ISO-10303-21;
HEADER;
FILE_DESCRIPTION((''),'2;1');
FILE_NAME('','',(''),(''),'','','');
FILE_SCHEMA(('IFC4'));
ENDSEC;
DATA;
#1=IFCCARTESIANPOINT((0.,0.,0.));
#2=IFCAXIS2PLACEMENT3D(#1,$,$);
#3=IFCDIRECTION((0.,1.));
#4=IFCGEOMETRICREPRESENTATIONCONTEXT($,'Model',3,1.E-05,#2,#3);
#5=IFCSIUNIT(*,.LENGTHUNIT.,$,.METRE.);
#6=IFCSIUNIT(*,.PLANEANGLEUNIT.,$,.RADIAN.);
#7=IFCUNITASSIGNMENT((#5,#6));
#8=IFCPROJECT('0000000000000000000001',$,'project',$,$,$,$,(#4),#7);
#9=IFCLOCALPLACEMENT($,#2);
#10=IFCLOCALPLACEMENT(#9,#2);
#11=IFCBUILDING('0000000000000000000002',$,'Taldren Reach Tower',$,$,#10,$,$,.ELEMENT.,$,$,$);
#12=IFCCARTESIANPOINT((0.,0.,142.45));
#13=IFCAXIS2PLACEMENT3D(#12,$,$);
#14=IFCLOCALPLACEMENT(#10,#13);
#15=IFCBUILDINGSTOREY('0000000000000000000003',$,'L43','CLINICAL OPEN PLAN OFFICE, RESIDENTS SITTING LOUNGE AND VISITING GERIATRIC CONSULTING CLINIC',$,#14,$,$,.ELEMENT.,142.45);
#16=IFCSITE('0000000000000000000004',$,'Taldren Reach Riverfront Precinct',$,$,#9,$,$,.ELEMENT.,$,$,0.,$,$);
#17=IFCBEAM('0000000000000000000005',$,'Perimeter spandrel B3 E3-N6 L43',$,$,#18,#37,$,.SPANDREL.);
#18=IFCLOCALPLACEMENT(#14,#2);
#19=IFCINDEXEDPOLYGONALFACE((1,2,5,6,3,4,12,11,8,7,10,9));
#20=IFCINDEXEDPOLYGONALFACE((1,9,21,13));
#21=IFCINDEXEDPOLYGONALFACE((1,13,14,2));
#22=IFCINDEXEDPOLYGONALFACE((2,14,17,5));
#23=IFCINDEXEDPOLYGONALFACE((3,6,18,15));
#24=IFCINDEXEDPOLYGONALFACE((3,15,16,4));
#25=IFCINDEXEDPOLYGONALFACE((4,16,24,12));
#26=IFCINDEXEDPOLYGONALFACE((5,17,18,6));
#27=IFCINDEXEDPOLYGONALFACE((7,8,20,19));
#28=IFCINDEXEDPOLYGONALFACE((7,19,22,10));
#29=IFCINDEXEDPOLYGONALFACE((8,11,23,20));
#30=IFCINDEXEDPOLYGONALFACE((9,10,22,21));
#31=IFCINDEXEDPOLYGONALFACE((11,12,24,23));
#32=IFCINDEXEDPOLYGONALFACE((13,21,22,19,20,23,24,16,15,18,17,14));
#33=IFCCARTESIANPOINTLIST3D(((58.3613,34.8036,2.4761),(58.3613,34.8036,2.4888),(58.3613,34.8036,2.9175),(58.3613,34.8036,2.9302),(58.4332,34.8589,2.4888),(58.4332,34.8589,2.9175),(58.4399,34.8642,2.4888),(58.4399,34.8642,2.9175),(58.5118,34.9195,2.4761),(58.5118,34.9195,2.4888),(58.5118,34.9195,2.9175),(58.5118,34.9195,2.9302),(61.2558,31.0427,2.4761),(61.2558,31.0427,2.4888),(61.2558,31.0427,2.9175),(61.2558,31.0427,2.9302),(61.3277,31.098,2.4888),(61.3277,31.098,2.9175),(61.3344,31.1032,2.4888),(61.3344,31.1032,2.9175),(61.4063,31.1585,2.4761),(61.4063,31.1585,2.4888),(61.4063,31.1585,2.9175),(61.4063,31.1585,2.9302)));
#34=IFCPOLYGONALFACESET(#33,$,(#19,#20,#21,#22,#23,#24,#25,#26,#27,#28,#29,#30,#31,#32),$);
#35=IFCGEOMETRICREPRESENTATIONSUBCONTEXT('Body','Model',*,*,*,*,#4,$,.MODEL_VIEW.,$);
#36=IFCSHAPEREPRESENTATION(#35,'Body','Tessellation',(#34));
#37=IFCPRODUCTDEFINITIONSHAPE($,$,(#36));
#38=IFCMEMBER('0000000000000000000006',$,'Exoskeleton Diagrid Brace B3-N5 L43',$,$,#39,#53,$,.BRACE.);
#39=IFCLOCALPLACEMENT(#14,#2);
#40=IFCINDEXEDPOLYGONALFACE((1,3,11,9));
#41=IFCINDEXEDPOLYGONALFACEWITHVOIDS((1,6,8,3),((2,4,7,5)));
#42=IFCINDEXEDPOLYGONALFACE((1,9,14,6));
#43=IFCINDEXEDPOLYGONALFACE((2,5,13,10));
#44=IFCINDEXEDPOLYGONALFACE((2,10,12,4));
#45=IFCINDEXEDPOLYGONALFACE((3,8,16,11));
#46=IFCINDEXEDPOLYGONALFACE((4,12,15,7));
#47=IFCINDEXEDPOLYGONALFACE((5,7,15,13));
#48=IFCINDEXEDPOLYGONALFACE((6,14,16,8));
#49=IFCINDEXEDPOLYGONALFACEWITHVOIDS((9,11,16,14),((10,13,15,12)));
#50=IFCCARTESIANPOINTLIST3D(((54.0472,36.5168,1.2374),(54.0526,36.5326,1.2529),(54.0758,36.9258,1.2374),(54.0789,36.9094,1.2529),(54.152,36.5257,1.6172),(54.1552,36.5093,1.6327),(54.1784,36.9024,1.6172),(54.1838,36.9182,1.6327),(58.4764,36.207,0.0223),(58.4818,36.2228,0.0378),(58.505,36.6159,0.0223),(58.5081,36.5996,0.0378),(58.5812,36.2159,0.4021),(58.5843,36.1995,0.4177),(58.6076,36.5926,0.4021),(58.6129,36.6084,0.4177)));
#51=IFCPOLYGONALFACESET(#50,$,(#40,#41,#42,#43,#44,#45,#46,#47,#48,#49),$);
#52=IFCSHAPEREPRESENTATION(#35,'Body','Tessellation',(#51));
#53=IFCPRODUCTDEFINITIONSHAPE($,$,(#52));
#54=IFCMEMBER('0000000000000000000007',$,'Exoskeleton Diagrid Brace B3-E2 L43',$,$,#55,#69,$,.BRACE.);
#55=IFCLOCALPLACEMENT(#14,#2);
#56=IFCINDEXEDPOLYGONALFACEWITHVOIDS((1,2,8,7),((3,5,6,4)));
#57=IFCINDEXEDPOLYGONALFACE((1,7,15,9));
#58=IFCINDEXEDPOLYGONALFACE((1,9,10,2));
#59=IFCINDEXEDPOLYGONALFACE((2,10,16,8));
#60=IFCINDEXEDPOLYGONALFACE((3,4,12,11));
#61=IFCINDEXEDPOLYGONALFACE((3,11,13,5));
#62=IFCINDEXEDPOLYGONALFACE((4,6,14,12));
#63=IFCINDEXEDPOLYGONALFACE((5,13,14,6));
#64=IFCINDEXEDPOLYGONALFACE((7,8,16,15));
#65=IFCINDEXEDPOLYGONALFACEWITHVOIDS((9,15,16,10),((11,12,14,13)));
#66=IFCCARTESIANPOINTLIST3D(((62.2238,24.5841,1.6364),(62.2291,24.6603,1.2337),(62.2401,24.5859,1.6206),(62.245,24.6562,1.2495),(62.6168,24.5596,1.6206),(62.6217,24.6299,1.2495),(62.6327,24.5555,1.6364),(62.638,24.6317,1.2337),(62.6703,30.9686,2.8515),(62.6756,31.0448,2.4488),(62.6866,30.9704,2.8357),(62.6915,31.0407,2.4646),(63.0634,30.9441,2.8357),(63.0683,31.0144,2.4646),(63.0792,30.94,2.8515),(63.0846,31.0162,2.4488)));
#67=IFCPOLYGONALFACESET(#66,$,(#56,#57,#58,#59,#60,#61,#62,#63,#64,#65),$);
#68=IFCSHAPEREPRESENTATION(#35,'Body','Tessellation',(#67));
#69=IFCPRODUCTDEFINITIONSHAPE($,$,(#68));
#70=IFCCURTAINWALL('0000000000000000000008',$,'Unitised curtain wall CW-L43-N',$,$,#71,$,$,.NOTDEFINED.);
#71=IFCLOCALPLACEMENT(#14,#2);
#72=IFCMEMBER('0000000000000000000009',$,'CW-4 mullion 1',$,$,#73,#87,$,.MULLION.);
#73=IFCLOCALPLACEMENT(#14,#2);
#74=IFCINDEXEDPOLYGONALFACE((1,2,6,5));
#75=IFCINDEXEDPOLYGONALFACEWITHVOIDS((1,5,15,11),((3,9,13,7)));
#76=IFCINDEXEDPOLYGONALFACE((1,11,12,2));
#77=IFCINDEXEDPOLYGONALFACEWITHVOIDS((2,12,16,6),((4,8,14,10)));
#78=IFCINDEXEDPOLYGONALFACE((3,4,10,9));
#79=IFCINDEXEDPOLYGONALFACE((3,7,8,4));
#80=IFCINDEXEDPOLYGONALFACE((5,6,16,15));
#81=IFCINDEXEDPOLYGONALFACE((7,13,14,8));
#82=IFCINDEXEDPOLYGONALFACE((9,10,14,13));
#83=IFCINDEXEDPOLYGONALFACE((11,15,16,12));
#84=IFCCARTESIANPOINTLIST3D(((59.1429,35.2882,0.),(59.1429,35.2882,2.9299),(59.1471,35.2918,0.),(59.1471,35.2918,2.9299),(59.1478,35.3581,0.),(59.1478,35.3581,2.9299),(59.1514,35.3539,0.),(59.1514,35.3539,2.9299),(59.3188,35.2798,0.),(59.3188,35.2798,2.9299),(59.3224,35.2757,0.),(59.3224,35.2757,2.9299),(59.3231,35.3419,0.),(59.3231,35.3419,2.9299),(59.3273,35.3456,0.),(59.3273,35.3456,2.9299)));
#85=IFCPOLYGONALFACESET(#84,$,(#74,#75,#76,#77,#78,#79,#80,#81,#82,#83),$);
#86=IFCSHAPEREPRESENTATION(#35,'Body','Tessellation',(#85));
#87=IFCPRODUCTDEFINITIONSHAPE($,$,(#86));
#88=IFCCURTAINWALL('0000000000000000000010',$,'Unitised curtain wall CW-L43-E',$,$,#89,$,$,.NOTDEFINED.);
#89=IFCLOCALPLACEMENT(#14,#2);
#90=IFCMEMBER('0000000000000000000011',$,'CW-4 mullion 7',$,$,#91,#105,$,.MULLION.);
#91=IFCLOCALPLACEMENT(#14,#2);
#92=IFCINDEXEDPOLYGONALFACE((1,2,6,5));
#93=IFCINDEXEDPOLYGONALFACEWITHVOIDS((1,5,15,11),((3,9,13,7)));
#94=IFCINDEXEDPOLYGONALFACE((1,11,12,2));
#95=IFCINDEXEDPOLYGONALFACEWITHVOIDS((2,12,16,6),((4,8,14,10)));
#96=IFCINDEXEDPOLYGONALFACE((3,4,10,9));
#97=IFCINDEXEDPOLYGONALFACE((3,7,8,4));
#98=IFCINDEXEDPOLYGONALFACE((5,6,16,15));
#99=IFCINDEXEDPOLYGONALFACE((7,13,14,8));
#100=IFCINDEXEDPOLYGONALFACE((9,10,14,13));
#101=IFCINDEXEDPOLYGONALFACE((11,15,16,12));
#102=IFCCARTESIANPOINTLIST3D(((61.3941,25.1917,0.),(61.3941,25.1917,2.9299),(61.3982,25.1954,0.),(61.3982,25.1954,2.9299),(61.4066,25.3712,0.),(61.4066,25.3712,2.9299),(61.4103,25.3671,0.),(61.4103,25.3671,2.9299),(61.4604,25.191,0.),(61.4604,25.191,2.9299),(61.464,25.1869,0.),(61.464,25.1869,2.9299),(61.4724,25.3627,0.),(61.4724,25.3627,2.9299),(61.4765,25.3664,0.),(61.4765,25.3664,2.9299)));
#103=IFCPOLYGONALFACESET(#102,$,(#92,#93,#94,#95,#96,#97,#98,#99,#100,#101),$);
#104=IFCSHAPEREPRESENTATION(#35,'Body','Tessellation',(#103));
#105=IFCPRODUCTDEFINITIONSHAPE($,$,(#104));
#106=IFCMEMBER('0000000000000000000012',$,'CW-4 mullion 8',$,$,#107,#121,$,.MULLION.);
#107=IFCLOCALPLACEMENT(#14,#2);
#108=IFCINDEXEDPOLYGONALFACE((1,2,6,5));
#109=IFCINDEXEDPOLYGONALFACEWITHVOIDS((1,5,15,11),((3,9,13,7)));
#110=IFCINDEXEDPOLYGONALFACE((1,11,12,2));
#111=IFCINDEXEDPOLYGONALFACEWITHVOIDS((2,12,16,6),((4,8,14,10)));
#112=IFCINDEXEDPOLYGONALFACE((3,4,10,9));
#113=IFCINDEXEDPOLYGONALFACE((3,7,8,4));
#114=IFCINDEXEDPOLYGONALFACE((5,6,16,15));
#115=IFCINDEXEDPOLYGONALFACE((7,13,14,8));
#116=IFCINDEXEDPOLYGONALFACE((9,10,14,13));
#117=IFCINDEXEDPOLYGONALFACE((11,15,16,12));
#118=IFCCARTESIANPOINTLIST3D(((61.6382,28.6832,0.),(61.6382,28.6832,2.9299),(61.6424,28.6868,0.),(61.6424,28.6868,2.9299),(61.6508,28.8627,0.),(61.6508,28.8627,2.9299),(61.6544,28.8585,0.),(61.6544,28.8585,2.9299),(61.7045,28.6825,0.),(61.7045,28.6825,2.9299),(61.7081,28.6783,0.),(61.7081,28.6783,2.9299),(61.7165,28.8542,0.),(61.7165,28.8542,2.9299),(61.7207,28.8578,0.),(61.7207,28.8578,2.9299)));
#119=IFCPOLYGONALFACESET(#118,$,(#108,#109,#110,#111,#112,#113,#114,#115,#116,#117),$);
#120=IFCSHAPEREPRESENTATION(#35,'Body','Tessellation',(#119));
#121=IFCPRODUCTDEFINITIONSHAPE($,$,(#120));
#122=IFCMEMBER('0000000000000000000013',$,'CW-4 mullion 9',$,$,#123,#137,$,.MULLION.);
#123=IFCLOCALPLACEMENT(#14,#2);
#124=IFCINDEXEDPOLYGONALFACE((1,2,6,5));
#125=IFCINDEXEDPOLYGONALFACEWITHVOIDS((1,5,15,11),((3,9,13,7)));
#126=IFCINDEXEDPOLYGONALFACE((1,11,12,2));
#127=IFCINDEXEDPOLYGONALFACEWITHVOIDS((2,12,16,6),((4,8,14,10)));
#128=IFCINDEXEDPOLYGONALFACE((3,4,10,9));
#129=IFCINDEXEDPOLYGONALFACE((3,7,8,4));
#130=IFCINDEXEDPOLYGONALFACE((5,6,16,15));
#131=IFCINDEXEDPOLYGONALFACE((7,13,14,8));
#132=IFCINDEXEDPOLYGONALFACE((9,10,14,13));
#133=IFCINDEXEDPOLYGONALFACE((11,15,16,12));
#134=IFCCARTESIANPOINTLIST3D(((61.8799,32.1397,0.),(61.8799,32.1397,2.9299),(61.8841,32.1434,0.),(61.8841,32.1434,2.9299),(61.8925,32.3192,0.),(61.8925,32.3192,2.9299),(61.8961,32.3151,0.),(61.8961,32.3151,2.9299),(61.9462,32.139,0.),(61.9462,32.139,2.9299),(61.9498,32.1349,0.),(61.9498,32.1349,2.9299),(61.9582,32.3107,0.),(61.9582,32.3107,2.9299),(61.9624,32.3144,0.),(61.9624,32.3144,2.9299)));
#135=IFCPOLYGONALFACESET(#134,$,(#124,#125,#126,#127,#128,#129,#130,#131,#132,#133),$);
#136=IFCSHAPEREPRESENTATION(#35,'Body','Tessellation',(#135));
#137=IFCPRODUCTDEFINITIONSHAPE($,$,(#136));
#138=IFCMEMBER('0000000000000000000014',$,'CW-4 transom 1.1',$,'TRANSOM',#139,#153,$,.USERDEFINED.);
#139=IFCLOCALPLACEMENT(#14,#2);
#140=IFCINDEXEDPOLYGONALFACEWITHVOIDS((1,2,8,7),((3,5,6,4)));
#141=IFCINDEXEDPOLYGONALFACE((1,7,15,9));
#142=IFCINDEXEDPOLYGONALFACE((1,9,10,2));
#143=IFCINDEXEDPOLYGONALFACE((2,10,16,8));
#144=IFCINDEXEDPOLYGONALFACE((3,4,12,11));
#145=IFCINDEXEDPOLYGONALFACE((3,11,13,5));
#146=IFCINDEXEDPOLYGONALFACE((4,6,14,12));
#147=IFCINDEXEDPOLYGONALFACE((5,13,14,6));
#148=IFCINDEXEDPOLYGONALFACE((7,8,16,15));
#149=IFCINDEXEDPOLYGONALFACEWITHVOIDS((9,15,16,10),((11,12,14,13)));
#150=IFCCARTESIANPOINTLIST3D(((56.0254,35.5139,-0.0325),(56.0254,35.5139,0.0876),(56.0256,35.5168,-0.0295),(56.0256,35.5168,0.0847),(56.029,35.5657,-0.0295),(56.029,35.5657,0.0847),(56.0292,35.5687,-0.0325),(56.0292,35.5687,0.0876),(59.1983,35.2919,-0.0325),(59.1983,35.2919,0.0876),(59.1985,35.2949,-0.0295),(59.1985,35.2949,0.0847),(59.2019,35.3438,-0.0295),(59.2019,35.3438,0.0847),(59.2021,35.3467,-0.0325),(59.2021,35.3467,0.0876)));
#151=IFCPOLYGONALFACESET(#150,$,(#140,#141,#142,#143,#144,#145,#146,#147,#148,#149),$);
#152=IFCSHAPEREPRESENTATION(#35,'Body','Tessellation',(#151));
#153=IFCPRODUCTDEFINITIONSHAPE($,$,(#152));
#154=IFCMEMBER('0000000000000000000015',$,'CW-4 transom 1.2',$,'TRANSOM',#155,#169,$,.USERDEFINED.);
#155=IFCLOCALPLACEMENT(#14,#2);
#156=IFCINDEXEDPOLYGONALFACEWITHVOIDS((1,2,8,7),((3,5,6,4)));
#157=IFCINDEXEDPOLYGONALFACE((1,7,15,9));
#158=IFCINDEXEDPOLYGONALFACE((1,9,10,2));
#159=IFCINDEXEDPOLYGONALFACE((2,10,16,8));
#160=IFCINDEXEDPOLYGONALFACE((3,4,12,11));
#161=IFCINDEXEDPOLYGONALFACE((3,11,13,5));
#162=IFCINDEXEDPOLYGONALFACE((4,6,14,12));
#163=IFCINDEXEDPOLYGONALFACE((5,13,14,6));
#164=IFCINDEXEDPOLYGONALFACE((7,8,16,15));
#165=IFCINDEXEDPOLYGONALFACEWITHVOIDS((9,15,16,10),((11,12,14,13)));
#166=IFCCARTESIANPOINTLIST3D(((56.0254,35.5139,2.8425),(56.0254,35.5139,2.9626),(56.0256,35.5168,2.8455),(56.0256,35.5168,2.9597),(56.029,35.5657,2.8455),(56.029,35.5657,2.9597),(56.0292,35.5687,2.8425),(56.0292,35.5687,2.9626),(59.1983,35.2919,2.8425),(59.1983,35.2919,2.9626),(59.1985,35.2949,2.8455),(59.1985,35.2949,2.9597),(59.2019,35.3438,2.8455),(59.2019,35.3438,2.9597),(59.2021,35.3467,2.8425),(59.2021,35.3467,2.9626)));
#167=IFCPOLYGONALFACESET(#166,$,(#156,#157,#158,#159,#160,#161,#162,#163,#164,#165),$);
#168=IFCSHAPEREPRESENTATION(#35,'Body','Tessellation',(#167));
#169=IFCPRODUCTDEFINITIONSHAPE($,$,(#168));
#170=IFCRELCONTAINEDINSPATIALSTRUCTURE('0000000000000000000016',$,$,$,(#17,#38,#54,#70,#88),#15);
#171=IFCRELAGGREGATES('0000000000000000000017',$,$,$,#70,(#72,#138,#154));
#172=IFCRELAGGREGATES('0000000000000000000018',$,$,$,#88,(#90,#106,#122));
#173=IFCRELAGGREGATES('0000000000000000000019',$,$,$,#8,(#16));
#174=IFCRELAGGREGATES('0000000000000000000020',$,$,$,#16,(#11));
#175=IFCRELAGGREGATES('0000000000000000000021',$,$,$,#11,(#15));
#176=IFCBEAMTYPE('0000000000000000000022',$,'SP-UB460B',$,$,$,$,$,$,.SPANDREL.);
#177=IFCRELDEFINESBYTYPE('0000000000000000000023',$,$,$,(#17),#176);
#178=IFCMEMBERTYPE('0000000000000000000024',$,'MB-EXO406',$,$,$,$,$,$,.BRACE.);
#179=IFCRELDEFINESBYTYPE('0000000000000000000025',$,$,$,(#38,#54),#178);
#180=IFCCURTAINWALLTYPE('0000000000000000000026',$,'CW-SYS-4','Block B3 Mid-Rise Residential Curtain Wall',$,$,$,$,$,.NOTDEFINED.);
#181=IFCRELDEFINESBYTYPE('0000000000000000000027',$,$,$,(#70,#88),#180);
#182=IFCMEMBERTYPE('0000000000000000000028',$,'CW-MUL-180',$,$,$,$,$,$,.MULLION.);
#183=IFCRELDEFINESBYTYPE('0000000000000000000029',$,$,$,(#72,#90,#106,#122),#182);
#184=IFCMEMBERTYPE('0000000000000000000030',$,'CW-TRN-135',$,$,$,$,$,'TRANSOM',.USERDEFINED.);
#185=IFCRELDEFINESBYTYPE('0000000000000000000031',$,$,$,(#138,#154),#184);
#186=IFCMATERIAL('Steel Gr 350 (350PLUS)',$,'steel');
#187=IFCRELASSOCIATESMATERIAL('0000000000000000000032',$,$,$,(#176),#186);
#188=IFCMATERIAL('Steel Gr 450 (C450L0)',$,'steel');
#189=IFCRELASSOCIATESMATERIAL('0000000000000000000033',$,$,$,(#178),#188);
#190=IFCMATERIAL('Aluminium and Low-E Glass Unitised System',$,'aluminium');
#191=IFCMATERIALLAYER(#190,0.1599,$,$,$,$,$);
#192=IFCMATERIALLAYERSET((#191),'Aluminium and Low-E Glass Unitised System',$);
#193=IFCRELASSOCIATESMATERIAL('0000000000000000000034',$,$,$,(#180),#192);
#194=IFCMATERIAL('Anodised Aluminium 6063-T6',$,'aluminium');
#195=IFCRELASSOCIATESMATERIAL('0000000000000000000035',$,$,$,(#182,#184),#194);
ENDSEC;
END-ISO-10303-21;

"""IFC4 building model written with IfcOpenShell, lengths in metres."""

from ifc_helpers import new_model, si_unit, direction, frame, origin, origin_2d, place, context, subcontext, project, spatial, hollow_rectangle, i_section, extrude, source, transform, mapped, material, layer, layer_set, material_profile, profile_set, type_object, element, aggregate, save


model = new_model("IFC4")

# Units and contexts
model_context = context("Model", 3, precision=1e-05, world=origin(), true_north=direction((0.0, 1.0)))
body_context = subcontext(model_context, "Body", "Model", "MODEL_VIEW")
ifc_project = project(units=[si_unit("LENGTHUNIT", "METRE"), si_unit("PLANEANGLEUNIT", "RADIAN")], contexts=[model_context])

# Site, building, storey
site_placement = place(None, origin())
site = spatial("IfcSite", under=ifc_project, at=site_placement, Name="Taldren Reach Riverfront Precinct", CompositionType="ELEMENT", RefElevation=0.0)
building_placement = place(site_placement, origin())
building = spatial("IfcBuilding", under=site, at=building_placement, Name="Taldren Reach Tower", CompositionType="ELEMENT")
storey_placement = place(building_placement, frame((0.0, 0.0, 142.45)))
storey = spatial("IfcBuildingStorey", under=building, at=storey_placement, Name="L43", Description="CLINICAL OPEN PLAN OFFICE, RESIDENTS SITTING LOUNGE AND VISITING GERIATRIC CONSULTING CLINIC", CompositionType="ELEMENT", Elevation=142.45)

# Shared definitions
ifc_material_1 = material(Name="Steel Gr 450 (C450L0)", Category="steel")
ifc_material_2 = material(Name="Steel Gr 350 (350PLUS)", Category="steel")

# Beam
ifc_material_profile_1 = material_profile(ifc_material_2, i_section(OverallWidth=0.1899, OverallDepth=0.4541, WebThickness=0.0085, FlangeThickness=0.0127, at=origin_2d()), Name="460UB67.1")
ifc_profile_set_1 = profile_set([ifc_material_profile_1], Name="Steel Gr 350 (350PLUS)")
beam_type = type_object("IfcBeamType", Name="SP-UB460B", PredefinedType="SPANDREL", material=ifc_profile_set_1)
shared_shape_1 = source(origin(), body_context, "Body", "SweptSolid", [
    extrude(i_section(OverallWidth=0.1899, OverallDepth=0.4541, WebThickness=0.0085, FlangeThickness=0.0127, at=origin_2d()), origin(), (0.0, 0.0, 1.0), 4.7458),
])
beam_1_placement = place(storey_placement, frame((61.3311, 31.1006, 2.7031), z_axis=(-0.609905, 0.792475, 0.0), x_axis=(-0.792475, -0.609905, 0.0)))
element("IfcBeam", 1, at=beam_1_placement, inside=storey, type_object=beam_type, Name="Perimeter spandrel B3 E3-N6 L43", PredefinedType="SPANDREL", context=body_context, shape_type="MappedRepresentation", body=[
    mapped(shared_shape_1, transform((0.0, 0.0, 0.0), scale=1.0)),
])

# Members
ifc_material_profile_2 = material_profile(ifc_material_1, hollow_rectangle(XDim=0.4099, YDim=0.4099, WallThickness=0.0161, at=origin_2d()), Name="410x410x16.0SHS")
ifc_profile_set_2 = profile_set([ifc_material_profile_2], Name="Steel Gr 450 (C450L0)")
member_type_1 = type_object("IfcMemberType", Name="MB-EXO406", PredefinedType="BRACE", material=ifc_profile_set_2)
shared_shape_2 = source(origin(), body_context, "Body", "SweptSolid", [
    extrude(hollow_rectangle(XDim=0.4099, YDim=0.4099, WallThickness=0.0161, at=origin_2d()), origin(), (0.0, 0.0, 1.0), 4.6033),
])
member_1_placement = place(storey_placement, frame((58.5447, 36.4077, 0.22), z_axis=(-0.962182, 0.067303, 0.263961), x_axis=(-0.069778, -0.997563, 0.0)))
element("IfcMember", 2, at=member_1_placement, inside=storey, type_object=member_type_1, Name="Exoskeleton Diagrid Brace B3-N5 L43", PredefinedType="BRACE", context=body_context, shape_type="MappedRepresentation", body=[
    mapped(shared_shape_2, transform((0.0, 0.0, 0.0), scale=1.0)),
])
shared_shape_3 = source(origin(), body_context, "Body", "SweptSolid", [
    extrude(hollow_rectangle(XDim=0.4099, YDim=0.4099, WallThickness=0.0161, at=origin_2d()), origin(), (0.0, 0.0, 1.0), 6.5144),
])
member_2_placement = place(storey_placement, frame((62.4309, 24.6079, 1.4351), z_axis=(0.068545, 0.980057, 0.186522), x_axis=(-0.997563, 0.06977, 0.0)))
element("IfcMember", 3, at=member_2_placement, inside=storey, type_object=member_type_1, Name="Exoskeleton Diagrid Brace B3-E2 L43", PredefinedType="BRACE", context=body_context, shape_type="MappedRepresentation", body=[
    mapped(shared_shape_3, transform((0.0, 0.0, 0.0), scale=1.0)),
])

# Curtain wall, member
ifc_material_3 = material(Name="Aluminium and Low-E Glass Unitised System", Category="aluminium")
ifc_layer_1 = layer(ifc_material_3, 0.1599)
ifc_layer_set_1 = layer_set([ifc_layer_1], Name="Aluminium and Low-E Glass Unitised System")
curtain_wall_type = type_object("IfcCurtainWallType", Name="CW-SYS-4", Description="Block B3 Mid-Rise Residential Curtain Wall", PredefinedType="NOTDEFINED", material=ifc_layer_set_1)
curtain_wall_1_placement = place(storey_placement, origin())
curtain_wall_1 = element("IfcCurtainWall", 4, at=curtain_wall_1_placement, inside=storey, type_object=curtain_wall_type, Name="Unitised curtain wall CW-L43-N", PredefinedType="NOTDEFINED")
ifc_material_4 = material(Name="Anodised Aluminium 6063-T6", Category="aluminium")
ifc_material_profile_3 = material_profile(ifc_material_4, hollow_rectangle(XDim=0.0701, YDim=0.1799, WallThickness=0.0039, at=origin_2d()), Name="ALU-180x70x4RHS")
ifc_profile_set_3 = profile_set([ifc_material_profile_3], Name="Anodised Aluminium 6063-T6")
member_type_2 = type_object("IfcMemberType", Name="CW-MUL-180", PredefinedType="MULLION", material=ifc_profile_set_3)
shared_shape_4 = source(origin(), body_context, "Body", "SweptSolid", [
    extrude(hollow_rectangle(XDim=0.0701, YDim=0.1799, WallThickness=0.0039, at=origin_2d()), origin(), (0.0, 0.0, 1.0), 2.9299),
])
member_3_placement = place(storey_placement, frame((59.2351, 35.3169, 0.0), z_axis=(0.0, 0.0, 1.0), x_axis=(-0.069757, -0.997564, 0.0)))
member_3 = element("IfcMember", 5, at=member_3_placement, type_object=member_type_2, Name="CW-4 mullion 1", PredefinedType="MULLION", context=body_context, shape_type="MappedRepresentation", body=[
    mapped(shared_shape_4, transform((0.0, 0.0, 0.0), scale=1.0)),
])

# Curtain wall, members
curtain_wall_2_placement = place(storey_placement, origin())
curtain_wall_2 = element("IfcCurtainWall", 6, at=curtain_wall_2_placement, inside=storey, type_object=curtain_wall_type, Name="Unitised curtain wall CW-L43-E", PredefinedType="NOTDEFINED")
member_4_placement = place(storey_placement, frame((61.4353, 25.2791, 0.0), z_axis=(0.0, 0.0, 1.0), x_axis=(-0.997564, 0.069756, 0.0)))
member_4 = element("IfcMember", 7, at=member_4_placement, type_object=member_type_2, Name="CW-4 mullion 7", PredefinedType="MULLION", context=body_context, shape_type="MappedRepresentation", body=[
    mapped(shared_shape_4, transform((0.0, 0.0, 0.0), scale=1.0)),
])
member_5_placement = place(storey_placement, frame((61.6794, 28.7705, 0.0), z_axis=(0.0, 0.0, 1.0), x_axis=(-0.997564, 0.069756, 0.0)))
member_5 = element("IfcMember", 8, at=member_5_placement, type_object=member_type_2, Name="CW-4 mullion 8", PredefinedType="MULLION", context=body_context, shape_type="MappedRepresentation", body=[
    mapped(shared_shape_4, transform((0.0, 0.0, 0.0), scale=1.0)),
])
member_6_placement = place(storey_placement, frame((61.9211, 32.2271, 0.0), z_axis=(0.0, 0.0, 1.0), x_axis=(-0.997564, 0.069756, 0.0)))
member_6 = element("IfcMember", 9, at=member_6_placement, type_object=member_type_2, Name="CW-4 mullion 9", PredefinedType="MULLION", context=body_context, shape_type="MappedRepresentation", body=[
    mapped(shared_shape_4, transform((0.0, 0.0, 0.0), scale=1.0)),
])

# Members
ifc_material_profile_4 = material_profile(ifc_material_4, hollow_rectangle(XDim=0.0549, YDim=0.1201, WallThickness=0.0029, at=origin_2d()), Name="ALU-120x55x3RHS")
ifc_profile_set_4 = profile_set([ifc_material_profile_4], Name="Anodised Aluminium 6063-T6")
member_type_3 = type_object("IfcMemberType", Name="CW-TRN-135", ElementType="TRANSOM", PredefinedType="USERDEFINED", material=ifc_profile_set_4)
shared_shape_5 = source(origin(), body_context, "Body", "SweptSolid", [
    extrude(hollow_rectangle(XDim=0.0549, YDim=0.1201, WallThickness=0.0029, at=origin_2d()), origin(), (0.0, 0.0, 1.0), 3.1807),
])
member_7_placement = place(storey_placement, frame((59.2002, 35.3193, 0.0276), z_axis=(-0.997563, 0.069774, 0.0), x_axis=(-0.069774, -0.997563, 0.0)))
member_7 = element("IfcMember", 10, at=member_7_placement, type_object=member_type_3, Name="CW-4 transom 1.1", ObjectType="TRANSOM", PredefinedType="USERDEFINED", context=body_context, shape_type="MappedRepresentation", body=[
    mapped(shared_shape_5, transform((0.0, 0.0, 0.0), scale=1.0)),
])
member_8_placement = place(storey_placement, frame((59.2002, 35.3193, 2.9026), z_axis=(-0.997563, 0.069774, 0.0), x_axis=(-0.069774, -0.997563, 0.0)))
member_8 = element("IfcMember", 11, at=member_8_placement, type_object=member_type_3, Name="CW-4 transom 1.2", ObjectType="TRANSOM", PredefinedType="USERDEFINED", context=body_context, shape_type="MappedRepresentation", body=[
    mapped(shared_shape_5, transform((0.0, 0.0, 0.0), scale=1.0)),
])

aggregate(curtain_wall_1, [member_3, member_7, member_8])
aggregate(curtain_wall_2, [member_4, member_5, member_6])

save(model, "model.ifc")
